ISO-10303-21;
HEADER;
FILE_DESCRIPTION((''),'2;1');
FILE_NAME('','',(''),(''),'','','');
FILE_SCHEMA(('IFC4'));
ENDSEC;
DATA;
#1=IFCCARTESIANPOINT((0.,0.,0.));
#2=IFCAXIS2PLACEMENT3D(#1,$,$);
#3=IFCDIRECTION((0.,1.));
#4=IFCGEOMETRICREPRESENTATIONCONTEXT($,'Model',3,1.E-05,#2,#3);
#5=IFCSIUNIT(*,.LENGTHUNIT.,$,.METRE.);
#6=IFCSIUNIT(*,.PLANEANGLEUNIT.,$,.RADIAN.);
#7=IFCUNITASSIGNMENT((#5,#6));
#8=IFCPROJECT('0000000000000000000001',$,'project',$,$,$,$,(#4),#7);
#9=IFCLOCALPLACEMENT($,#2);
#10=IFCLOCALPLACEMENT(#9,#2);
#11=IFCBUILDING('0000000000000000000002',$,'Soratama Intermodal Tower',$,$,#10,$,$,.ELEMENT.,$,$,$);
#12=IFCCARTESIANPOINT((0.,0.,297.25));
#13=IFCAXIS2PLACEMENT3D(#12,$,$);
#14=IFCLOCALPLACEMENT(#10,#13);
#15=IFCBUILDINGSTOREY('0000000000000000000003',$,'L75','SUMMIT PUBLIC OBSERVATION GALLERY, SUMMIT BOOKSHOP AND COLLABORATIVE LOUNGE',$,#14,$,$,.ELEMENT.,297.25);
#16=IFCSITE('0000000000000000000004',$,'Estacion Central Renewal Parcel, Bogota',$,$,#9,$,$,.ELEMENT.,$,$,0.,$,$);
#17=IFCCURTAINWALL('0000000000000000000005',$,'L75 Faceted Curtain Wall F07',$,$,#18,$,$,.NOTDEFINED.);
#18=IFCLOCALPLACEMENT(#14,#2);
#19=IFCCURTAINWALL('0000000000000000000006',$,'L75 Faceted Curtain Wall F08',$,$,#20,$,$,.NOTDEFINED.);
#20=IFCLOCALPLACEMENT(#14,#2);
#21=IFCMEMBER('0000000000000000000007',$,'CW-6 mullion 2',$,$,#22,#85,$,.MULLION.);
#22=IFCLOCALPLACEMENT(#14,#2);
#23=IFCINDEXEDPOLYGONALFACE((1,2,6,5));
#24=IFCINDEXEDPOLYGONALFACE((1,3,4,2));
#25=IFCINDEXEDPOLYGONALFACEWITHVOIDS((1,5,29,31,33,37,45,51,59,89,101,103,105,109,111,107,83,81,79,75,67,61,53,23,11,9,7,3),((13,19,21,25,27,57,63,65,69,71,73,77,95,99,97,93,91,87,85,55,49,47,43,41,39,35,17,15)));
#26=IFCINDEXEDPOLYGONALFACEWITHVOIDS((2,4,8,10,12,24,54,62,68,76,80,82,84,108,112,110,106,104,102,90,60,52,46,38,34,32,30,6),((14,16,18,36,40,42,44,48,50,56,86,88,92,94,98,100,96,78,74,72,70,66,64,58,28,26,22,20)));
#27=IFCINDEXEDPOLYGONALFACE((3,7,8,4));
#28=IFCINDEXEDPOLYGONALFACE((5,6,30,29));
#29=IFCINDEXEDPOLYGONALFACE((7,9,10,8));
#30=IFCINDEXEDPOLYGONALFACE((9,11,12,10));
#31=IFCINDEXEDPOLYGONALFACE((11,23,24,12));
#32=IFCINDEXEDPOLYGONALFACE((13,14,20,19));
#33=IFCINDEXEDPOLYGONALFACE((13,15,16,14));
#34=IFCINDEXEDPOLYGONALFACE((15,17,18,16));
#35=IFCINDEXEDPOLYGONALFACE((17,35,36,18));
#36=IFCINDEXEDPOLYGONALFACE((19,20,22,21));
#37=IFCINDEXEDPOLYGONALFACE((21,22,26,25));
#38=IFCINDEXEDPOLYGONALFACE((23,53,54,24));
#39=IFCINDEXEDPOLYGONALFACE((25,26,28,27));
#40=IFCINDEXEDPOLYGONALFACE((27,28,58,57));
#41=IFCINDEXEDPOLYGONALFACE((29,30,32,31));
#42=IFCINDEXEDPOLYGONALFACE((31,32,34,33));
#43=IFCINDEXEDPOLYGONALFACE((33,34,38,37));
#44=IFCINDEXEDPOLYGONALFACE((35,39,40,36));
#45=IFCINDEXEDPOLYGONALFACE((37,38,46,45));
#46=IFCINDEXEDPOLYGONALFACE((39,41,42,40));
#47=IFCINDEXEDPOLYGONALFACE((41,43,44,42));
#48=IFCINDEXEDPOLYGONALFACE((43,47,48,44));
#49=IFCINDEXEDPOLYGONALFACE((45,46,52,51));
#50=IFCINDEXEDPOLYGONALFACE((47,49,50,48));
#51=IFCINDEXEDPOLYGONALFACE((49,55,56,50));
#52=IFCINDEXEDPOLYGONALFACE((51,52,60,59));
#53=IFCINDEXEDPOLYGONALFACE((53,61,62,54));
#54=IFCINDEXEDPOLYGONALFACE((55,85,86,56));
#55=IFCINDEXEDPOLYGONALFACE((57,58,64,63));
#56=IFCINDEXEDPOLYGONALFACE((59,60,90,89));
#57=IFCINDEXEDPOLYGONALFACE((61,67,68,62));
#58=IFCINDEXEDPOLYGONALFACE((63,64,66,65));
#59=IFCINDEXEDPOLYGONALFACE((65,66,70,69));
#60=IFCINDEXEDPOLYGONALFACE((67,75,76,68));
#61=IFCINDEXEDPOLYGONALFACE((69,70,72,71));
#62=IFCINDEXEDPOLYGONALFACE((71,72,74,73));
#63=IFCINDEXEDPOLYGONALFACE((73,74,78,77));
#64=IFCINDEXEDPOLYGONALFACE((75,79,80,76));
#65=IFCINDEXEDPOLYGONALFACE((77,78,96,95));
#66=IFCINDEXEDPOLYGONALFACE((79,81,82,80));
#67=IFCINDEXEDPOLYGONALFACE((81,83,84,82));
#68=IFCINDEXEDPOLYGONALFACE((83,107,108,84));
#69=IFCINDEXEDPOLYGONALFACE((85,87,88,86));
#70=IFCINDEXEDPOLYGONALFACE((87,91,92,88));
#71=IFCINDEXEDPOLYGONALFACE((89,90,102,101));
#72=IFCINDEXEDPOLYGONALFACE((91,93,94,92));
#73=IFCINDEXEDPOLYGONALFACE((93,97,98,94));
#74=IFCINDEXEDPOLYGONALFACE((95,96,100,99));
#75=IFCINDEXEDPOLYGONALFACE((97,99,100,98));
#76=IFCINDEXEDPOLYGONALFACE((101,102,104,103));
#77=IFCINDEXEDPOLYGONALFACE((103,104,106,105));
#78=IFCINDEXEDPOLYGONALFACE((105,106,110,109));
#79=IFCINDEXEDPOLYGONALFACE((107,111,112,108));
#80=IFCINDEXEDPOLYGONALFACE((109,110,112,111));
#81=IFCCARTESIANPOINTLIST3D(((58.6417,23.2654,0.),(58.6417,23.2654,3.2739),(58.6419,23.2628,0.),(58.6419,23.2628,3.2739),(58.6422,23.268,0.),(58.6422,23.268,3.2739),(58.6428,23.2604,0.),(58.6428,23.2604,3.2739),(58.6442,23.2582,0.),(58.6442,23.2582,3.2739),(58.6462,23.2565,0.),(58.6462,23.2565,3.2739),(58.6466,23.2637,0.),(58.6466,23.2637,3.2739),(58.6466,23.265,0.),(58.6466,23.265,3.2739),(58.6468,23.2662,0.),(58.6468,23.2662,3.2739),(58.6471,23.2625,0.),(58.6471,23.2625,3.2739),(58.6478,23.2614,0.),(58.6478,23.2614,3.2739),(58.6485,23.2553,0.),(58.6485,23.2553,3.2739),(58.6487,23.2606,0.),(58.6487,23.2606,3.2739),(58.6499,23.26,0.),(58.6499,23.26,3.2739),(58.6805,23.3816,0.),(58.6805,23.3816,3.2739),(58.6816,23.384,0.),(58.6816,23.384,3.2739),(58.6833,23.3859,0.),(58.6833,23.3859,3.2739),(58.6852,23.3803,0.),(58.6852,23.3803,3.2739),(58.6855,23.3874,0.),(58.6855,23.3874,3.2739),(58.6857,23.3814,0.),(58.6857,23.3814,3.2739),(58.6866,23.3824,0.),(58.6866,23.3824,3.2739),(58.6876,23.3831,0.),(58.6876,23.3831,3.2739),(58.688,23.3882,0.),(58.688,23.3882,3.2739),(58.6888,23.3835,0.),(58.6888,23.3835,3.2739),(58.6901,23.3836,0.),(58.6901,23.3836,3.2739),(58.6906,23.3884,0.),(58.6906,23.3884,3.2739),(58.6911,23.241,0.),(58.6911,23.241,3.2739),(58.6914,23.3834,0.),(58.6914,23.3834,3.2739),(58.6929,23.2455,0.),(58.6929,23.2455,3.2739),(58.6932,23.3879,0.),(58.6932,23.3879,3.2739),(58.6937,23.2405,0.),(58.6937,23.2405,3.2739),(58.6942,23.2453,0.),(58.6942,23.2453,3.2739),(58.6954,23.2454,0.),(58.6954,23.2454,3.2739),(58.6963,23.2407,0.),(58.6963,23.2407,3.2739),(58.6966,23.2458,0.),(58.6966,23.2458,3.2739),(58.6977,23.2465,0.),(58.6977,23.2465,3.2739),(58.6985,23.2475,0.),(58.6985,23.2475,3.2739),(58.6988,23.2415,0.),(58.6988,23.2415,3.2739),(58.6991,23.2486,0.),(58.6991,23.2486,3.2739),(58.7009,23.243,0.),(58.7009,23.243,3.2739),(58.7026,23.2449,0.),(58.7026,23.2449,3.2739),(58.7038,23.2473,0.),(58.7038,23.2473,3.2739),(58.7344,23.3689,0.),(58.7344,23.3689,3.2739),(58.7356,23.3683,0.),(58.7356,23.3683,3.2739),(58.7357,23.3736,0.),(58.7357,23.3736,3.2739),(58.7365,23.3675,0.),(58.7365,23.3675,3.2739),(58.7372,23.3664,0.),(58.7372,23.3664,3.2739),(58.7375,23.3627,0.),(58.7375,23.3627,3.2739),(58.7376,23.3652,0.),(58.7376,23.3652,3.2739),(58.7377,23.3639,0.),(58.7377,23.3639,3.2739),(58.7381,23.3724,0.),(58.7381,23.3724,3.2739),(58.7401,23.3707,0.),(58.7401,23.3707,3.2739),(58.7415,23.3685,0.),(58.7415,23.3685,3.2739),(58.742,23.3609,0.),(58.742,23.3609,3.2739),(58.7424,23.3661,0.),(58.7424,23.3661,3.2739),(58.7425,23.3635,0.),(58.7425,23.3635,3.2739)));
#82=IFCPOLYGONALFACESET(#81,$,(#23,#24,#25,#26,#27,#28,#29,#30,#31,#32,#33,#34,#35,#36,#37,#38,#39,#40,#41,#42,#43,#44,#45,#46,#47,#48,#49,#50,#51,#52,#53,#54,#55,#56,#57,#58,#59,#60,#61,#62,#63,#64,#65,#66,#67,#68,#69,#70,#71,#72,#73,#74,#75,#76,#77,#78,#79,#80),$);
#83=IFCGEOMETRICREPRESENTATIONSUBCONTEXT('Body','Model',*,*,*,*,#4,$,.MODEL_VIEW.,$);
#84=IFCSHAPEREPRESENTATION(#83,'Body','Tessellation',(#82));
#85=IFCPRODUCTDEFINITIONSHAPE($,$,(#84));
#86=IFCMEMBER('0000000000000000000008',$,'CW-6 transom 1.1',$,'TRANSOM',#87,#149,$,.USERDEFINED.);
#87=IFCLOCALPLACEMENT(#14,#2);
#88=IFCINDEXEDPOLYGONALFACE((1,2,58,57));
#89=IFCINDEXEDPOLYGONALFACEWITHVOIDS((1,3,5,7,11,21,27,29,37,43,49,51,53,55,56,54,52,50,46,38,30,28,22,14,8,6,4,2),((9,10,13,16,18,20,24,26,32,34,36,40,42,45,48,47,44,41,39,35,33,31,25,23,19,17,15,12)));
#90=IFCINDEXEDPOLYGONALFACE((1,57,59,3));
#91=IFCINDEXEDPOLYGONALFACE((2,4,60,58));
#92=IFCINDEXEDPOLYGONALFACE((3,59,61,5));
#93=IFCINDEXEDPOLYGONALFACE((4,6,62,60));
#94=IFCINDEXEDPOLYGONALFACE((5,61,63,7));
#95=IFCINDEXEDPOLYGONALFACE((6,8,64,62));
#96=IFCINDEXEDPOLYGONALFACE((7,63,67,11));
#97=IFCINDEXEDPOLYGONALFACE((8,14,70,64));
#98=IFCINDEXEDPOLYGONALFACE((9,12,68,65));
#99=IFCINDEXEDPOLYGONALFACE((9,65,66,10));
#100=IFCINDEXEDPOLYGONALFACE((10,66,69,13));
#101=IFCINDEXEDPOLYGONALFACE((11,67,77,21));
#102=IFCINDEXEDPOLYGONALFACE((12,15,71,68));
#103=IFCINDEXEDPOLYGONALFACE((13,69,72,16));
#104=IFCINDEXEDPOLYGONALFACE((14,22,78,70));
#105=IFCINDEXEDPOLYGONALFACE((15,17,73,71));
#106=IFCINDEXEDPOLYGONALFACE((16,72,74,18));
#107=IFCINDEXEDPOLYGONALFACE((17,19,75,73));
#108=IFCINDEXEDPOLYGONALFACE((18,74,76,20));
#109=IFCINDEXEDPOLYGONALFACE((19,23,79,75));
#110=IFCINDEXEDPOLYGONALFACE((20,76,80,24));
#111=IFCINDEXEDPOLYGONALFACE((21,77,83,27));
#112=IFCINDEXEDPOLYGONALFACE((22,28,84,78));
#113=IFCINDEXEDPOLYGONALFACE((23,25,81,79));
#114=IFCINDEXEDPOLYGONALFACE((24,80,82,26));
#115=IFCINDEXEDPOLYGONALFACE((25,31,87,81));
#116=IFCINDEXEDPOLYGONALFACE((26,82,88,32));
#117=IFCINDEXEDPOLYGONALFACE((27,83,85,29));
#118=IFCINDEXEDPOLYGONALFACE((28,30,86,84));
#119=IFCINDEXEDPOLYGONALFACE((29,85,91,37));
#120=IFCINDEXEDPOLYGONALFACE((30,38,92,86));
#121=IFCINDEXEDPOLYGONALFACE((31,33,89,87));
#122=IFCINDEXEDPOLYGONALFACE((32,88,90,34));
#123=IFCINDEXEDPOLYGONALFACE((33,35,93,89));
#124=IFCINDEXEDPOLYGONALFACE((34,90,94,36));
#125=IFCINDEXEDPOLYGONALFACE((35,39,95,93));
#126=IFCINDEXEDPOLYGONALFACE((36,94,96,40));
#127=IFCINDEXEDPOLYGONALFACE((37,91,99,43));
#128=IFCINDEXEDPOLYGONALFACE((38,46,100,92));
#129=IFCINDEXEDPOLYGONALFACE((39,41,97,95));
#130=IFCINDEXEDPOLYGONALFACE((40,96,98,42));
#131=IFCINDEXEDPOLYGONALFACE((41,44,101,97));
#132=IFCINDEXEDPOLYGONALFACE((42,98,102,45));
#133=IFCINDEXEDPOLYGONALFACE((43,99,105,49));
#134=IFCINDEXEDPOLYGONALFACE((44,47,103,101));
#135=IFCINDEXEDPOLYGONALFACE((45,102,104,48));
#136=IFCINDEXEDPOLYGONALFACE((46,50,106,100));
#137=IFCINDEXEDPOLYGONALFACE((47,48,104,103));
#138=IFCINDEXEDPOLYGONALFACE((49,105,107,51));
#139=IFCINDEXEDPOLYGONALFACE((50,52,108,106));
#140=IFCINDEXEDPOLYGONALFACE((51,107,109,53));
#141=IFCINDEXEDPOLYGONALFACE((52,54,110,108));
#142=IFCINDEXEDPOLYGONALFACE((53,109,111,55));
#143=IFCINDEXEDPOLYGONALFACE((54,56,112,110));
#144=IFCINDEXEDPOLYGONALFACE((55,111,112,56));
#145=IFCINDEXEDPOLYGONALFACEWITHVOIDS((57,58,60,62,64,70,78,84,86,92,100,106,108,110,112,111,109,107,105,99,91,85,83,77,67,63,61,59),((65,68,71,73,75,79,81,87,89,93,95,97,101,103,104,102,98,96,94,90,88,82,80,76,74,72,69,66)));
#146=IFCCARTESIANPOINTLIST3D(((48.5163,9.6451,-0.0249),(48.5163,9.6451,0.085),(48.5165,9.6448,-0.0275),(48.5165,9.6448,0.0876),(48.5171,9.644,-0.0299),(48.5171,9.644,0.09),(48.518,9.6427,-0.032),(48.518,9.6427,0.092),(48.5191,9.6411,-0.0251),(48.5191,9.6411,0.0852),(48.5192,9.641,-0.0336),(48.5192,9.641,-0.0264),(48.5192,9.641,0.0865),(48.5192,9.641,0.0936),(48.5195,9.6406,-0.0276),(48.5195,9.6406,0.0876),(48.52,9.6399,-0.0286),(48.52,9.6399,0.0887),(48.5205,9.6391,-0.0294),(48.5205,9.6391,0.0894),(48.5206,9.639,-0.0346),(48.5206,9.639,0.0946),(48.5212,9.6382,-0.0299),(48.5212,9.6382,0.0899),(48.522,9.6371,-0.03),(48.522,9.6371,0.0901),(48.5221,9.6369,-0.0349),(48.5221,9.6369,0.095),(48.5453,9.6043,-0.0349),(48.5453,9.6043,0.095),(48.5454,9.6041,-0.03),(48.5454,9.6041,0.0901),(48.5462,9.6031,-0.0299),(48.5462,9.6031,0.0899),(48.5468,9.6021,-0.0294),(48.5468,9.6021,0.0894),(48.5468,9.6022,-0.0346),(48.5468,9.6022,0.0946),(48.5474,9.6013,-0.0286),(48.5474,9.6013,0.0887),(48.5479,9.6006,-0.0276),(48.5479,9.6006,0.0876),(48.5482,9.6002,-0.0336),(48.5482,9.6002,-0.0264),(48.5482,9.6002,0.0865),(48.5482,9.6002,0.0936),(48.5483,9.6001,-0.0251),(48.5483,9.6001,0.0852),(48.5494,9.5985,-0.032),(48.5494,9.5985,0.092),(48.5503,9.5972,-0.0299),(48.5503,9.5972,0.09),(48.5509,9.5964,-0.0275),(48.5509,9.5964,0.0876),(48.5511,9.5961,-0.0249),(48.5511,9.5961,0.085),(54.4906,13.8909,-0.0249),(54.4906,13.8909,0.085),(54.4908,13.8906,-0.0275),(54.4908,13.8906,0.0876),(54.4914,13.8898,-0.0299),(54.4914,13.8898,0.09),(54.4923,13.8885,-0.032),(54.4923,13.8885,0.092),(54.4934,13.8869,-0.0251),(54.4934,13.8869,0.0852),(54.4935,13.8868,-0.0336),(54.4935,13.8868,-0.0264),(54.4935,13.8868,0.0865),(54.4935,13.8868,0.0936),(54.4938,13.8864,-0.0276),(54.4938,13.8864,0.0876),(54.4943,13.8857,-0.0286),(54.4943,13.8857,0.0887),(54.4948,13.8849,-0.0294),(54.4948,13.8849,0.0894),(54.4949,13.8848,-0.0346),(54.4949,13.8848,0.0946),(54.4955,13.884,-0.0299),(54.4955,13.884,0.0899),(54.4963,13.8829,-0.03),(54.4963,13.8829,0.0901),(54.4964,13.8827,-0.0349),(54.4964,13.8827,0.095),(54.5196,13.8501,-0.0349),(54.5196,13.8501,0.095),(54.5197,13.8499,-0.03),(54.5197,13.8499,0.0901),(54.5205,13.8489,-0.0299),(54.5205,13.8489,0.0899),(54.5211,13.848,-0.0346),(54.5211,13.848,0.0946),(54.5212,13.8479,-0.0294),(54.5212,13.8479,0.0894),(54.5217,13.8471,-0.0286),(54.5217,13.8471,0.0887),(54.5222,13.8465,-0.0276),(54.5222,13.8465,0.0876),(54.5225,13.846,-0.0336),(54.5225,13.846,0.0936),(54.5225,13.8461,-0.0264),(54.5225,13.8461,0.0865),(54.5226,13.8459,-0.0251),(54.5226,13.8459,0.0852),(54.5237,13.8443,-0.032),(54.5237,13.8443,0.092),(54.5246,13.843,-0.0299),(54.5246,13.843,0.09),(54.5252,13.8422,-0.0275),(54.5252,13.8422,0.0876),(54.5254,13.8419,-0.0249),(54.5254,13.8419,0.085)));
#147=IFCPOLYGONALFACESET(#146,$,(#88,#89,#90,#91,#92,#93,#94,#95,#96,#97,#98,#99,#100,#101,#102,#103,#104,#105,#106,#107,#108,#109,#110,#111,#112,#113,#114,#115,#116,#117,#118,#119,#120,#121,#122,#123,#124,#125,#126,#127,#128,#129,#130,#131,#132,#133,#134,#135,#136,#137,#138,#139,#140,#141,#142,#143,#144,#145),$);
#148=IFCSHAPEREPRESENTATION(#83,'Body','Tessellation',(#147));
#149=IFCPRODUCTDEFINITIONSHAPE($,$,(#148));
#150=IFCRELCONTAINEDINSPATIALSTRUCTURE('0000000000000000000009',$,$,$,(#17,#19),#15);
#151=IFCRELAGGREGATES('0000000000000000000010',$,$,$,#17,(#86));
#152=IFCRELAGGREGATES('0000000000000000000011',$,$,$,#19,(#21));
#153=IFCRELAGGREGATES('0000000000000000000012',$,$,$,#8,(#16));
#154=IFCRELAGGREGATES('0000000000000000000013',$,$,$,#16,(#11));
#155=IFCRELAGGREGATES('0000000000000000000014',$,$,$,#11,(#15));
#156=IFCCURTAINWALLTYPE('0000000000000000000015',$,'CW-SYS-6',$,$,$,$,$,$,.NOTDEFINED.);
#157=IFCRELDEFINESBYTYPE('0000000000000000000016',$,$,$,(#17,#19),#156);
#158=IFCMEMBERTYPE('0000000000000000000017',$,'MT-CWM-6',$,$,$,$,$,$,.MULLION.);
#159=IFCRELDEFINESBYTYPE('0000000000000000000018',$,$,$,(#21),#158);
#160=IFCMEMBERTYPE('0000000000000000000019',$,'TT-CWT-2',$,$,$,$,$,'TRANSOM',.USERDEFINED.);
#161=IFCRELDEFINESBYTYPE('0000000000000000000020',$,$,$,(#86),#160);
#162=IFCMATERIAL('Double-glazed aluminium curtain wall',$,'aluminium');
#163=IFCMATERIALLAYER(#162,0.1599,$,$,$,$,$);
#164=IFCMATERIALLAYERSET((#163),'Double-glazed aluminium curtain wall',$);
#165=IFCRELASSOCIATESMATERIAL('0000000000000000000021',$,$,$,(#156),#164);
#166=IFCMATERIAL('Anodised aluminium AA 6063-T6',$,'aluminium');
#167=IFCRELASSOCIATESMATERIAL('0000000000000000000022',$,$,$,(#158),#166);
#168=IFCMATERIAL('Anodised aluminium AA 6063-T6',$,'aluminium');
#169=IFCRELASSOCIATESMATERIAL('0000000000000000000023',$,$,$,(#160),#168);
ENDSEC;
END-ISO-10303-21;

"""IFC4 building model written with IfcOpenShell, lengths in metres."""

from ifc_helpers import new_model, si_unit, direction, frame, origin, origin_2d, place, context, subcontext, project, spatial, hollow_rectangle, extrude, material, layer, layer_set, material_profile, profile_set, type_object, element, aggregate, save


model = new_model("IFC4")

# Units and contexts
model_context = context("Model", 3, precision=1e-05, world=origin(), true_north=direction((0.0, 1.0)))
body_context = subcontext(model_context, "Body", "Model", "MODEL_VIEW")
ifc_project = project(units=[si_unit("LENGTHUNIT", "METRE"), si_unit("PLANEANGLEUNIT", "RADIAN")], contexts=[model_context])

# Site, building, storey
site_placement = place(None, origin())
site = spatial("IfcSite", under=ifc_project, at=site_placement, Name="Estacion Central Renewal Parcel, Bogota", CompositionType="ELEMENT", RefElevation=0.0)
building_placement = place(site_placement, origin())
building = spatial("IfcBuilding", under=site, at=building_placement, Name="Soratama Intermodal Tower", CompositionType="ELEMENT")
storey_placement = place(building_placement, frame((0.0, 0.0, 297.25)))
storey = spatial("IfcBuildingStorey", under=building, at=storey_placement, Name="L75", Description="SUMMIT PUBLIC OBSERVATION GALLERY, SUMMIT BOOKSHOP AND COLLABORATIVE LOUNGE", CompositionType="ELEMENT", Elevation=297.25)

# Curtain walls, member
ifc_material_1 = material(Name="Double-glazed aluminium curtain wall", Category="aluminium")
ifc_layer_1 = layer(ifc_material_1, 0.1599)
ifc_layer_set_1 = layer_set([ifc_layer_1], Name="Double-glazed aluminium curtain wall")
curtain_wall_type = type_object("IfcCurtainWallType", Name="CW-SYS-6", PredefinedType="NOTDEFINED", material=ifc_layer_set_1)
curtain_wall_1_placement = place(storey_placement, origin())
curtain_wall_1 = element("IfcCurtainWall", 1, at=curtain_wall_1_placement, inside=storey, type_object=curtain_wall_type, Name="L75 Faceted Curtain Wall F07", PredefinedType="NOTDEFINED")
ifc_material_2 = material(Name="Anodised aluminium AA 6063-T6", Category="aluminium")
ifc_material_profile_1 = material_profile(ifc_material_2, hollow_rectangle(XDim=0.0649, YDim=0.1399, WallThickness=0.0049, InnerFilletRadius=0.0049, OuterFilletRadius=0.01, at=origin_2d()), Name="CWM140X65X5")
ifc_profile_set_1 = profile_set([ifc_material_profile_1], Name="Anodised aluminium AA 6063-T6")
member_type_1 = type_object("IfcMemberType", Name="MT-CWM-6", PredefinedType="MULLION", material=ifc_profile_set_1)
curtain_wall_2_placement = place(storey_placement, origin())
curtain_wall_2 = element("IfcCurtainWall", 2, at=curtain_wall_2_placement, inside=storey, type_object=curtain_wall_type, Name="L75 Faceted Curtain Wall F08", PredefinedType="NOTDEFINED")
member_1_placement = place(storey_placement, frame((58.6921, 23.3145, 0.0), z_axis=(0.0, 0.0, 1.0), x_axis=(-0.947768, 0.318961, 0.0)))
member_1 = element("IfcMember", 3, at=member_1_placement, type_object=member_type_1, Name="CW-6 mullion 2", PredefinedType="MULLION", context=body_context, shape_type="SweptSolid", body=[
    extrude(hollow_rectangle(XDim=0.0649, YDim=0.1399, WallThickness=0.0049, InnerFilletRadius=0.0049, OuterFilletRadius=0.01, at=origin_2d()), origin(), (0.0, 0.0, 1.0), 3.2739),
])

# Member
ifc_material_3 = material(Name="Anodised aluminium AA 6063-T6", Category="aluminium")
ifc_material_profile_2 = material_profile(ifc_material_3, hollow_rectangle(XDim=0.0601, YDim=0.1299, WallThickness=0.0049, InnerFilletRadius=0.0049, OuterFilletRadius=0.01, at=origin_2d()), Name="CWT130X60X5")
ifc_profile_set_2 = profile_set([ifc_material_profile_2], Name="Anodised aluminium AA 6063-T6")
member_type_2 = type_object("IfcMemberType", Name="TT-CWT-2", ElementType="TRANSOM", PredefinedType="USERDEFINED", material=ifc_profile_set_2)
member_2_placement = place(storey_placement, frame((48.5337, 9.6206, 0.03), z_axis=(0.815122, 0.579289, 0.0), x_axis=(-0.579289, 0.815122, 0.0)))
member_2 = element("IfcMember", 4, at=member_2_placement, type_object=member_type_2, Name="CW-6 transom 1.1", ObjectType="TRANSOM", PredefinedType="USERDEFINED", context=body_context, shape_type="SweptSolid", body=[
    extrude(hollow_rectangle(XDim=0.0601, YDim=0.1299, WallThickness=0.0049, InnerFilletRadius=0.0049, OuterFilletRadius=0.01, at=origin_2d()), origin(), (0.0, 0.0, 1.0), 7.3293),
])

aggregate(curtain_wall_1, [member_2])
aggregate(curtain_wall_2, [member_1])

save(model, "model.ifc")
